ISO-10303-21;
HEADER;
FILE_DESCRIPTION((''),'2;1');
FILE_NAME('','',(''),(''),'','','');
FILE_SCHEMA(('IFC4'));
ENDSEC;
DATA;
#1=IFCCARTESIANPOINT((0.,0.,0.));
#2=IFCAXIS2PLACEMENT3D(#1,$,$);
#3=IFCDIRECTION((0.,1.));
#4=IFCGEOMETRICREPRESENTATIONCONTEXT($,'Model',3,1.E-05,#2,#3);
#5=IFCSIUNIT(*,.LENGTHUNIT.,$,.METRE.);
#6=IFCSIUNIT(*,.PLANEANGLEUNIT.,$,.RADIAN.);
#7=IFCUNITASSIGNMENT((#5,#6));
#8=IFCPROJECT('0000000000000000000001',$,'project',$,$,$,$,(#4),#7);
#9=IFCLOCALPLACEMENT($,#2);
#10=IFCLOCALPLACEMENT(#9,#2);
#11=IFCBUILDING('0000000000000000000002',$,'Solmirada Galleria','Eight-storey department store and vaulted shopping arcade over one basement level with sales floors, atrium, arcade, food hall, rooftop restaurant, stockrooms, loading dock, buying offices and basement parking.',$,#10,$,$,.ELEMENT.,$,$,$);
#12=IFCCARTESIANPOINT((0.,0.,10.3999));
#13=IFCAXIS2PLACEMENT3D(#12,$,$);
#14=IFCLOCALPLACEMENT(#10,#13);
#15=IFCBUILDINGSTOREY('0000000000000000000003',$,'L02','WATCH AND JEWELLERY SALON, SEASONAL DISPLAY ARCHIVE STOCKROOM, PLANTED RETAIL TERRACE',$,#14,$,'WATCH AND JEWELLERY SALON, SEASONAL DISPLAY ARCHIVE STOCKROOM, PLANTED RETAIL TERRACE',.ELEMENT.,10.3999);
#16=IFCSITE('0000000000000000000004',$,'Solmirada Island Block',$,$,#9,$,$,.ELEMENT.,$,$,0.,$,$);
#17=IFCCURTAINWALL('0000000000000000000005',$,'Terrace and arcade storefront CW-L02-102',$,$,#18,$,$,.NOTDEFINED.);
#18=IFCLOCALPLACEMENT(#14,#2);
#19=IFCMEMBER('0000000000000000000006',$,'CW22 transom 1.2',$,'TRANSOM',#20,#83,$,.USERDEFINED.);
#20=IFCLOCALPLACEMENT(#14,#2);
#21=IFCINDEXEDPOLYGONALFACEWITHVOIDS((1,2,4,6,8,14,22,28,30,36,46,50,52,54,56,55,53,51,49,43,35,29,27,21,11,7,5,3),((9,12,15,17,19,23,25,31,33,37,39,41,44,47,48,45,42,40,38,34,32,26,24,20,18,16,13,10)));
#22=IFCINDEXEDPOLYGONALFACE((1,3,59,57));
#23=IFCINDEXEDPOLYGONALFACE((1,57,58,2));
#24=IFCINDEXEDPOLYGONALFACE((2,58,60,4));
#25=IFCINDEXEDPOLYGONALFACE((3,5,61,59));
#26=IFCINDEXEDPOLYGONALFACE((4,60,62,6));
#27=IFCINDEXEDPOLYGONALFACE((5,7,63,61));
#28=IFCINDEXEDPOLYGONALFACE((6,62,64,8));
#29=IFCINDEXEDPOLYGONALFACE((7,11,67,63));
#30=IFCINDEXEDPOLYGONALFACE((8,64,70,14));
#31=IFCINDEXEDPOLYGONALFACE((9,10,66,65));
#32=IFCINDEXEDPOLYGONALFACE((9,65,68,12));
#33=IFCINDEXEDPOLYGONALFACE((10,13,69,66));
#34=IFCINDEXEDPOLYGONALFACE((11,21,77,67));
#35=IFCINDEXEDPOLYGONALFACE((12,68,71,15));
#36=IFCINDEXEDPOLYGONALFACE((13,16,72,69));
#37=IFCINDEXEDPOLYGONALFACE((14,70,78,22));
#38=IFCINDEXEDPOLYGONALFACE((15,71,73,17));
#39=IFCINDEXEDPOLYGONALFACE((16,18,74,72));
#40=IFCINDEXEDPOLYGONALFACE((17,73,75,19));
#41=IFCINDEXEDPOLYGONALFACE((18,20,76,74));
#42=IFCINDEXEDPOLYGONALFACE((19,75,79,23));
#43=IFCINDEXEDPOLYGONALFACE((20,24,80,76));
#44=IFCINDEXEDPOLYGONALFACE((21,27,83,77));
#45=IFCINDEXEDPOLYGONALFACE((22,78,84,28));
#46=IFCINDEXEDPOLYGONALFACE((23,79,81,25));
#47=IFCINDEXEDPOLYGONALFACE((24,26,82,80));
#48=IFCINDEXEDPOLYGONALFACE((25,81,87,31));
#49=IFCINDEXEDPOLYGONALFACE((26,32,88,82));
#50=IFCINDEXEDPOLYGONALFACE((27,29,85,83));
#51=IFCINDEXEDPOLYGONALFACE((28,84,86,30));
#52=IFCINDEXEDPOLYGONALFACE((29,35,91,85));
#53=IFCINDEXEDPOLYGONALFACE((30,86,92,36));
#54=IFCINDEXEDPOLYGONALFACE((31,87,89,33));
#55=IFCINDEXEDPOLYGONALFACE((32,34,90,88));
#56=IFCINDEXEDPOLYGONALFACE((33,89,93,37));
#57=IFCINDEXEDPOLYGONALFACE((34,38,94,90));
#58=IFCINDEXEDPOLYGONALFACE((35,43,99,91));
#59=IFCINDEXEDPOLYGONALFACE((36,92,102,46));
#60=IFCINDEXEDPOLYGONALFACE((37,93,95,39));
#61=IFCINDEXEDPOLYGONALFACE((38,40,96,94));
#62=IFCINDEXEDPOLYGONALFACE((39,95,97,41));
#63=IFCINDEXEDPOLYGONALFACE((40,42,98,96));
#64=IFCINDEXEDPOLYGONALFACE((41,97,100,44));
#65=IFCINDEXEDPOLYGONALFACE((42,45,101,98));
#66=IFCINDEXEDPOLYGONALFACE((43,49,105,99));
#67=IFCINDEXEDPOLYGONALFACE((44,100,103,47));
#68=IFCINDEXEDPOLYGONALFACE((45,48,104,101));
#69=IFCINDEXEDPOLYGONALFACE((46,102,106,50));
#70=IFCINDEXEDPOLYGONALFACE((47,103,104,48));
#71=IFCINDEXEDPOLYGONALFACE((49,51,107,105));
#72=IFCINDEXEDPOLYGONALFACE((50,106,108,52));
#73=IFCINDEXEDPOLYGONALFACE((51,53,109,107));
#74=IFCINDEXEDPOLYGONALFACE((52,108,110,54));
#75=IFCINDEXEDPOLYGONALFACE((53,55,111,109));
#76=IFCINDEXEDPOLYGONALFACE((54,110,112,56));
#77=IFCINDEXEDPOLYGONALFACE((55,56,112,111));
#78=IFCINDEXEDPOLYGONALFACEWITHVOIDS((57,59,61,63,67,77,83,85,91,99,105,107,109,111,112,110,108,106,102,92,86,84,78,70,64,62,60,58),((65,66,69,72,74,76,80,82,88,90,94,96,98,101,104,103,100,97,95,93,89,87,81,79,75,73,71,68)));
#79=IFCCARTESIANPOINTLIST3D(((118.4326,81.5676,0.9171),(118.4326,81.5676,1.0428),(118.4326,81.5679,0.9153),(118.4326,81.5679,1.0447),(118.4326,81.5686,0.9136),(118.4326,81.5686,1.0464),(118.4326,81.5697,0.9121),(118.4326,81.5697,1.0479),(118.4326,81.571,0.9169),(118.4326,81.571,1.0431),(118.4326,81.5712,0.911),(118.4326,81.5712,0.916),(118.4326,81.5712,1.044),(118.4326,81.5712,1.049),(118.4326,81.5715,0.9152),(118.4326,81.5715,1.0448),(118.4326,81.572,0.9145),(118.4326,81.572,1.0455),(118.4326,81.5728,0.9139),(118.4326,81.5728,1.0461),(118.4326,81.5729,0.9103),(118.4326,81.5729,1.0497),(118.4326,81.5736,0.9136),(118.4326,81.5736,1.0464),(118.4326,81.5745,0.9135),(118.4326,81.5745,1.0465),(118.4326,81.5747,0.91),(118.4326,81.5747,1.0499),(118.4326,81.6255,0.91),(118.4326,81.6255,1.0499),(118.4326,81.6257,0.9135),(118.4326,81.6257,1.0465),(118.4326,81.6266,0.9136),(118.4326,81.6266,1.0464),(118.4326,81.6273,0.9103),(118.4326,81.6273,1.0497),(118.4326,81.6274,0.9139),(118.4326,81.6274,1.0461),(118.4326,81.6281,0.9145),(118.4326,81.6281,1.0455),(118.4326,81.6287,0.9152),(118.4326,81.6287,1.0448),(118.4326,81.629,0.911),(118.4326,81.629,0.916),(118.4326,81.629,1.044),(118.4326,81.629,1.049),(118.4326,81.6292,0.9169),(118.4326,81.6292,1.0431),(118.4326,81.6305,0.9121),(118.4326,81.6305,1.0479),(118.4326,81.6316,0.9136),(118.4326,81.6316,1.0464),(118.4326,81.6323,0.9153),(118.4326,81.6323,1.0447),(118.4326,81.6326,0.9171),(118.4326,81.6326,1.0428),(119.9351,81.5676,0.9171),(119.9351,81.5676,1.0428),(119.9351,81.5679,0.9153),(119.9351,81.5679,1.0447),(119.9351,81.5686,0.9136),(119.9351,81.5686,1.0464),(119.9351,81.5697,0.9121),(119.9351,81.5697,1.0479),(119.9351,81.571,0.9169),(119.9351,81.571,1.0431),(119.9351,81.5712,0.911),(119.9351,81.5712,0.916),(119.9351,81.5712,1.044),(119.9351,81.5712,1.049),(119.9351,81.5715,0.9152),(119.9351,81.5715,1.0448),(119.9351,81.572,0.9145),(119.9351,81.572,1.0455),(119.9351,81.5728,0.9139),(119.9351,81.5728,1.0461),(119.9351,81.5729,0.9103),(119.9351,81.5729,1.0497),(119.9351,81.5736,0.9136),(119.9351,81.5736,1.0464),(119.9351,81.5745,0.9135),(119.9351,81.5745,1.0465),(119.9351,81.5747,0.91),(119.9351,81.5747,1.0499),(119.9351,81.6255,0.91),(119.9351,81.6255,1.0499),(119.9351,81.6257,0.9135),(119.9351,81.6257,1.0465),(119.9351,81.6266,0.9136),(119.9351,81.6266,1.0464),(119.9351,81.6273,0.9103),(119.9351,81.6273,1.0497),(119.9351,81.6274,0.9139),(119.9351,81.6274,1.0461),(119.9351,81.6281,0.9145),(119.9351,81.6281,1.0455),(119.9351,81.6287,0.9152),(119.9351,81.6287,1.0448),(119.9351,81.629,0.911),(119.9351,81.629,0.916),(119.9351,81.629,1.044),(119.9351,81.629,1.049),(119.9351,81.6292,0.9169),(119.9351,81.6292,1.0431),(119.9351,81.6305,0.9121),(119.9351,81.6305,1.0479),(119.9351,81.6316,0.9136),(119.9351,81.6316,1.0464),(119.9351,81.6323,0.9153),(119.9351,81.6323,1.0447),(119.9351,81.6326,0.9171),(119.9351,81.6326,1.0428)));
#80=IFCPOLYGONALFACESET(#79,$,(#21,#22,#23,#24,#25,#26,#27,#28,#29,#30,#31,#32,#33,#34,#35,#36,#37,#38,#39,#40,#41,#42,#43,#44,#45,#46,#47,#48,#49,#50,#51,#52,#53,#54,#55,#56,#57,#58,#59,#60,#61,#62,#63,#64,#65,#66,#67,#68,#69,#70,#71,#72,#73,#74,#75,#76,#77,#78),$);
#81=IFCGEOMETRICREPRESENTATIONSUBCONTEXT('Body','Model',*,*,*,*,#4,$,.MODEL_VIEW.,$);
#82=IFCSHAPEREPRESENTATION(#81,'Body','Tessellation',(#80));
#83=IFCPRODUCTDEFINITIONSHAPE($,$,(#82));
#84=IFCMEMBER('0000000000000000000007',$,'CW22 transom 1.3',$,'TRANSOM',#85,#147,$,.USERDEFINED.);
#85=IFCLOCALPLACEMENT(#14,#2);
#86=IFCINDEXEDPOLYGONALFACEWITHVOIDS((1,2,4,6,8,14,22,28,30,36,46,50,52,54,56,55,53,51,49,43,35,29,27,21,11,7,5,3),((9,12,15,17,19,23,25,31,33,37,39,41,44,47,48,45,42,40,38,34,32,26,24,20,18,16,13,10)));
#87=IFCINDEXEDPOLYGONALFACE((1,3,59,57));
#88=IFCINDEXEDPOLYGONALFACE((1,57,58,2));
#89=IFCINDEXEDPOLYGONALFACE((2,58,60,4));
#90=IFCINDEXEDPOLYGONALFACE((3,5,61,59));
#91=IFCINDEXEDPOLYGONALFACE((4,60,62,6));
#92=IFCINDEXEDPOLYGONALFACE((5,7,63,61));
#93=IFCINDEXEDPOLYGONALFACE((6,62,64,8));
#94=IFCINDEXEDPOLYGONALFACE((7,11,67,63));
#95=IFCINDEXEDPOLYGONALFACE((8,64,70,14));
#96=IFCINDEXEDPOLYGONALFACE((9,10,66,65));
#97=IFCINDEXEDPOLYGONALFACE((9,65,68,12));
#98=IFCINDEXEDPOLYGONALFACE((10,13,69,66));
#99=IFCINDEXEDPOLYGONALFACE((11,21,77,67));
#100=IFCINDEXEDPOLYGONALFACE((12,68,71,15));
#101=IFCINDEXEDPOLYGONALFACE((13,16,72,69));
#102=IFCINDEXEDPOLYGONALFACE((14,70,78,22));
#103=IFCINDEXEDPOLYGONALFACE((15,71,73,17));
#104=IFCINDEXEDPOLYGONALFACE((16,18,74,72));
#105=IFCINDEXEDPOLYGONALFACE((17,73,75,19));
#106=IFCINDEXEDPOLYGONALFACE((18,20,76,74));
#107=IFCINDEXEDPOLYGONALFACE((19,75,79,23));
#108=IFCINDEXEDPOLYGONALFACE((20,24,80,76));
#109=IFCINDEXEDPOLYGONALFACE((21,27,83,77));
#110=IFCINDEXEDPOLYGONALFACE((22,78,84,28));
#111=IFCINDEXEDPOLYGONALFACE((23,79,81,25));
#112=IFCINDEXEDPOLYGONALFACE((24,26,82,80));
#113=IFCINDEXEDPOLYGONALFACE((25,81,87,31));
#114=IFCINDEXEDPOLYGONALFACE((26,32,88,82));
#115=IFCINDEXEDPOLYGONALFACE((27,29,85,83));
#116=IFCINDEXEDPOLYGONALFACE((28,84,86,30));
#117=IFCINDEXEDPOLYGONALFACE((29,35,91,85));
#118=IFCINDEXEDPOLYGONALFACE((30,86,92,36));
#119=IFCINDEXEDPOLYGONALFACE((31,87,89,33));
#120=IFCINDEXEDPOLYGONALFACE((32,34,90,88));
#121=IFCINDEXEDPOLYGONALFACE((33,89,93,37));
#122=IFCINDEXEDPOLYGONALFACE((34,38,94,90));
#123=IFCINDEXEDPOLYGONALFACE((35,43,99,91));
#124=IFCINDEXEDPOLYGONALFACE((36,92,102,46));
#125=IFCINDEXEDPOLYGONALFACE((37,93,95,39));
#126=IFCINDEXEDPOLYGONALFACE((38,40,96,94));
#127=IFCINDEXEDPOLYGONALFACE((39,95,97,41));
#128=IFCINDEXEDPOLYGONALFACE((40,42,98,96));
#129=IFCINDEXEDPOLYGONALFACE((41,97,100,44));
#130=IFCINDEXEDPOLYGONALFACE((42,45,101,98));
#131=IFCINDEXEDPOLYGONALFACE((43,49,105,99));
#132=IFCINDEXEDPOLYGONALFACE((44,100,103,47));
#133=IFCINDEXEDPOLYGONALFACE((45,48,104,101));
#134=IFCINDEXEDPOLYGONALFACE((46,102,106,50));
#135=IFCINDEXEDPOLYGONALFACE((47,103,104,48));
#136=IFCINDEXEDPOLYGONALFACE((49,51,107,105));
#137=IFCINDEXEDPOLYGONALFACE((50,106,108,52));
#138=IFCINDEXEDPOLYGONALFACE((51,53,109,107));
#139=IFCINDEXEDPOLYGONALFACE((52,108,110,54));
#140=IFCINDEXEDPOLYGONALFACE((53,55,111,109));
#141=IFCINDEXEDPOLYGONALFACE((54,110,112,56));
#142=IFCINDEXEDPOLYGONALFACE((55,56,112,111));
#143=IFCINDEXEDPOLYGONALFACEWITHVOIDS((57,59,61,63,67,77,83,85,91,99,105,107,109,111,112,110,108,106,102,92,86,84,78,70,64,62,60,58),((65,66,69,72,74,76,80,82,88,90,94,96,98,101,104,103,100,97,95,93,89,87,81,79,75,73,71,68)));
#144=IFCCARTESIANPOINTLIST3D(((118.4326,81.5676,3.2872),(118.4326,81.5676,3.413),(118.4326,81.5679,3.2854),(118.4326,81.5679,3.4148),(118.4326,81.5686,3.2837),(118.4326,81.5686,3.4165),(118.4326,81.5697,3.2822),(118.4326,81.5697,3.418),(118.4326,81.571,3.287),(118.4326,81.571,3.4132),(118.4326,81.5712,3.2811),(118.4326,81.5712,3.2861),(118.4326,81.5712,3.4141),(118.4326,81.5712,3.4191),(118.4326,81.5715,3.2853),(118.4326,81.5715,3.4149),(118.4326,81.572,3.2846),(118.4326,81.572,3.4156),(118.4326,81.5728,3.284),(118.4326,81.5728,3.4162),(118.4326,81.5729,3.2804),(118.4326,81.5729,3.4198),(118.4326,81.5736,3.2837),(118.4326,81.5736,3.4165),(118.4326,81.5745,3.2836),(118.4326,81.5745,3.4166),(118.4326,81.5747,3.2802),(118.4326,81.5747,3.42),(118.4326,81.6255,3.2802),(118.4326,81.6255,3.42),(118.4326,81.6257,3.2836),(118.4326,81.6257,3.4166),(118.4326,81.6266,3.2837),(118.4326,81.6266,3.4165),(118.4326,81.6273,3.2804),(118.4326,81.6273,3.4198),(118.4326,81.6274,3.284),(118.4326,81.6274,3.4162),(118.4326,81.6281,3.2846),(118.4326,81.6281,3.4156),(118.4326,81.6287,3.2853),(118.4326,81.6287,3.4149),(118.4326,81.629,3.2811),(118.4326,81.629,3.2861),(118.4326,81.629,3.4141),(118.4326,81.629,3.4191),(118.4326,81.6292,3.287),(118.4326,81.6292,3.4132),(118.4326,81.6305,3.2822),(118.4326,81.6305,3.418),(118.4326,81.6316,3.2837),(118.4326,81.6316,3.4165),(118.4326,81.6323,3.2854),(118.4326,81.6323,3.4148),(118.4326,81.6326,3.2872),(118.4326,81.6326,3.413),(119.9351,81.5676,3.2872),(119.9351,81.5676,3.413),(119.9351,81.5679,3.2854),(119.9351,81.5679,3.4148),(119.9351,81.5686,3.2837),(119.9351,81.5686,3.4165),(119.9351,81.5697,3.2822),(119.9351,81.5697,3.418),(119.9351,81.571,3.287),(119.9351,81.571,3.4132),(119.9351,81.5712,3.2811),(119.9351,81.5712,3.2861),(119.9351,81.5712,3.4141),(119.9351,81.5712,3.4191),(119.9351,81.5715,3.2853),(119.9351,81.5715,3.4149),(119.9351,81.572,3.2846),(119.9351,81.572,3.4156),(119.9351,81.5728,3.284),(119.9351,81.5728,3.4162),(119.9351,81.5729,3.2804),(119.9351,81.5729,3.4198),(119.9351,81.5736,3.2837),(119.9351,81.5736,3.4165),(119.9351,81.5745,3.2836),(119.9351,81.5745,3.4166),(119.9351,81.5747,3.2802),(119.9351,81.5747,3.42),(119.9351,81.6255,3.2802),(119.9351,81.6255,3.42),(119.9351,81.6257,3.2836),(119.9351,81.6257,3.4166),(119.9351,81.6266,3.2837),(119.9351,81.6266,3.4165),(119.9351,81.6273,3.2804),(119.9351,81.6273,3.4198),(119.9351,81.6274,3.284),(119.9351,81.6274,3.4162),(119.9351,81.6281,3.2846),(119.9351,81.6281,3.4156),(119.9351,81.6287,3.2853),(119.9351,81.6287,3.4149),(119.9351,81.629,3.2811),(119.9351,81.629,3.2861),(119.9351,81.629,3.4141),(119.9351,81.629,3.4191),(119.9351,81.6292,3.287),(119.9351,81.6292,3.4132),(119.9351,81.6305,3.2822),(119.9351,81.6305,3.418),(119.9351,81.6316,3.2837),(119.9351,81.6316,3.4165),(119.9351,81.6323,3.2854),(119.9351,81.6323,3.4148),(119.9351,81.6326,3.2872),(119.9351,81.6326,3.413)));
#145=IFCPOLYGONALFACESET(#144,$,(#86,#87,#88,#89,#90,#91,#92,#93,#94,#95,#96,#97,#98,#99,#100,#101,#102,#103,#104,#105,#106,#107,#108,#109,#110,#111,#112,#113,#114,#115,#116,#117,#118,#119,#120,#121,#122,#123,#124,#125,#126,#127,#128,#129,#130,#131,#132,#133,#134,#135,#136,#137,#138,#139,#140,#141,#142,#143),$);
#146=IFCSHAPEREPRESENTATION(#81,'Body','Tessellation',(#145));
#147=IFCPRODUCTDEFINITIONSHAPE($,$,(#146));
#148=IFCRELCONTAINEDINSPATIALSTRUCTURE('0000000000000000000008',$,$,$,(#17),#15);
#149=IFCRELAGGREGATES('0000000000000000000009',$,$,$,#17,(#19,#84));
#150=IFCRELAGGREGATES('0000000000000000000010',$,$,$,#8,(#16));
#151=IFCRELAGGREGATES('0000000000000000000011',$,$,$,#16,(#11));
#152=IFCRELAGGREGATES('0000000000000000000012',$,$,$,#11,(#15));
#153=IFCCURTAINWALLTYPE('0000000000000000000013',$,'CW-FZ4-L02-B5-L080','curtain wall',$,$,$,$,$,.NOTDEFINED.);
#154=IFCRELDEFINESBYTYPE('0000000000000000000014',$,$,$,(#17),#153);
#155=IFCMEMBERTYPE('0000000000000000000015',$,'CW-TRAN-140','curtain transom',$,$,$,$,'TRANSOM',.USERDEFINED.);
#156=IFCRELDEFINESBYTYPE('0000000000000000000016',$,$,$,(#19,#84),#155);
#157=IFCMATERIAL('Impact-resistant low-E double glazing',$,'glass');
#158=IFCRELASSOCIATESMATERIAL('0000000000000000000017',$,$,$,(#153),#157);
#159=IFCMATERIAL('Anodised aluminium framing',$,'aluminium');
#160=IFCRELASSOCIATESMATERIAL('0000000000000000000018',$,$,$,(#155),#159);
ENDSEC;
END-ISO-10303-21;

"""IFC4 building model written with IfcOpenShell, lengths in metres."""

from ifc_helpers import new_model, si_unit, direction, frame, origin, origin_2d, place, context, subcontext, project, spatial, hollow_rectangle, extrude, material, material_profile, profile_set, type_object, element, aggregate, save


model = new_model("IFC4")

# Units and contexts
model_context = context("Model", 3, precision=1e-05, world=origin(), true_north=direction((0.0, 1.0)))
body_context = subcontext(model_context, "Body", "Model", "MODEL_VIEW")
ifc_project = project(units=[si_unit("LENGTHUNIT", "METRE"), si_unit("PLANEANGLEUNIT", "RADIAN")], contexts=[model_context])

# Site, building, storey
site_placement = place(None, origin())
site = spatial("IfcSite", under=ifc_project, at=site_placement, Name="Solmirada Island Block", CompositionType="ELEMENT", RefElevation=0.0)
building_placement = place(site_placement, origin())
building = spatial("IfcBuilding", under=site, at=building_placement, Name="Solmirada Galleria", Description="Eight-storey department store and vaulted shopping arcade over one basement level with sales floors, atrium, arcade, food hall, rooftop restaurant, stockrooms, loading dock, buying offices and basement parking.", CompositionType="ELEMENT")
storey_placement = place(building_placement, frame((0.0, 0.0, 10.3999)))
storey = spatial("IfcBuildingStorey", under=building, at=storey_placement, Name="L02", Description="WATCH AND JEWELLERY SALON, SEASONAL DISPLAY ARCHIVE STOCKROOM, PLANTED RETAIL TERRACE", LongName="WATCH AND JEWELLERY SALON, SEASONAL DISPLAY ARCHIVE STOCKROOM, PLANTED RETAIL TERRACE", CompositionType="ELEMENT", Elevation=10.3999)

# Curtain wall, members
ifc_material_1 = material(Name="Impact-resistant low-E double glazing", Category="glass")
curtain_wall_type = type_object("IfcCurtainWallType", Name="CW-FZ4-L02-B5-L080", Description="curtain wall", PredefinedType="NOTDEFINED", material=ifc_material_1)
curtain_wall_placement = place(storey_placement, origin())
curtain_wall = element("IfcCurtainWall", 1, at=curtain_wall_placement, inside=storey, type_object=curtain_wall_type, Name="Terrace and arcade storefront CW-L02-102", PredefinedType="NOTDEFINED")
ifc_material_2 = material(Name="Anodised aluminium framing", Category="aluminium")
ifc_material_profile_1 = material_profile(ifc_material_2, hollow_rectangle(XDim=0.0649, YDim=0.1399, WallThickness=0.0034, InnerFilletRadius=0.0034, OuterFilletRadius=0.0071, at=origin_2d()), Name="ALU-TRAN-140X65")
ifc_profile_set_1 = profile_set([ifc_material_profile_1], Name="Anodised aluminium framing")
member_type_1 = type_object("IfcMemberType", Name="CW-TRAN-140", Description="curtain transom", ElementType="TRANSOM", PredefinedType="USERDEFINED", material=ifc_profile_set_1)
member_1_placement = place(storey_placement, frame((119.9351, 81.6001, 0.98), z_axis=(-1.0, 0.0, 0.0), x_axis=(0.0, -1.0, 0.0)))
member_1 = element("IfcMember", 2, at=member_1_placement, type_object=member_type_1, Name="CW22 transom 1.2", ObjectType="TRANSOM", PredefinedType="USERDEFINED", context=body_context, shape_type="SweptSolid", body=[
    extrude(hollow_rectangle(XDim=0.0649, YDim=0.1399, WallThickness=0.0034, InnerFilletRadius=0.0034, OuterFilletRadius=0.0071, at=origin_2d()), origin(), (0.0, 0.0, 1.0), 1.5024),
])
member_2_placement = place(storey_placement, frame((119.9351, 81.6001, 3.3501), z_axis=(-1.0, 0.0, 0.0), x_axis=(0.0, -1.0, 0.0)))
member_2 = element("IfcMember", 3, at=member_2_placement, type_object=member_type_1, Name="CW22 transom 1.3", ObjectType="TRANSOM", PredefinedType="USERDEFINED", context=body_context, shape_type="SweptSolid", body=[
    extrude(hollow_rectangle(XDim=0.0649, YDim=0.1399, WallThickness=0.0034, InnerFilletRadius=0.0034, OuterFilletRadius=0.0071, at=origin_2d()), origin(), (0.0, 0.0, 1.0), 1.5024),
])
aggregate(curtain_wall, [member_1, member_2])

save(model, "model.ifc")
